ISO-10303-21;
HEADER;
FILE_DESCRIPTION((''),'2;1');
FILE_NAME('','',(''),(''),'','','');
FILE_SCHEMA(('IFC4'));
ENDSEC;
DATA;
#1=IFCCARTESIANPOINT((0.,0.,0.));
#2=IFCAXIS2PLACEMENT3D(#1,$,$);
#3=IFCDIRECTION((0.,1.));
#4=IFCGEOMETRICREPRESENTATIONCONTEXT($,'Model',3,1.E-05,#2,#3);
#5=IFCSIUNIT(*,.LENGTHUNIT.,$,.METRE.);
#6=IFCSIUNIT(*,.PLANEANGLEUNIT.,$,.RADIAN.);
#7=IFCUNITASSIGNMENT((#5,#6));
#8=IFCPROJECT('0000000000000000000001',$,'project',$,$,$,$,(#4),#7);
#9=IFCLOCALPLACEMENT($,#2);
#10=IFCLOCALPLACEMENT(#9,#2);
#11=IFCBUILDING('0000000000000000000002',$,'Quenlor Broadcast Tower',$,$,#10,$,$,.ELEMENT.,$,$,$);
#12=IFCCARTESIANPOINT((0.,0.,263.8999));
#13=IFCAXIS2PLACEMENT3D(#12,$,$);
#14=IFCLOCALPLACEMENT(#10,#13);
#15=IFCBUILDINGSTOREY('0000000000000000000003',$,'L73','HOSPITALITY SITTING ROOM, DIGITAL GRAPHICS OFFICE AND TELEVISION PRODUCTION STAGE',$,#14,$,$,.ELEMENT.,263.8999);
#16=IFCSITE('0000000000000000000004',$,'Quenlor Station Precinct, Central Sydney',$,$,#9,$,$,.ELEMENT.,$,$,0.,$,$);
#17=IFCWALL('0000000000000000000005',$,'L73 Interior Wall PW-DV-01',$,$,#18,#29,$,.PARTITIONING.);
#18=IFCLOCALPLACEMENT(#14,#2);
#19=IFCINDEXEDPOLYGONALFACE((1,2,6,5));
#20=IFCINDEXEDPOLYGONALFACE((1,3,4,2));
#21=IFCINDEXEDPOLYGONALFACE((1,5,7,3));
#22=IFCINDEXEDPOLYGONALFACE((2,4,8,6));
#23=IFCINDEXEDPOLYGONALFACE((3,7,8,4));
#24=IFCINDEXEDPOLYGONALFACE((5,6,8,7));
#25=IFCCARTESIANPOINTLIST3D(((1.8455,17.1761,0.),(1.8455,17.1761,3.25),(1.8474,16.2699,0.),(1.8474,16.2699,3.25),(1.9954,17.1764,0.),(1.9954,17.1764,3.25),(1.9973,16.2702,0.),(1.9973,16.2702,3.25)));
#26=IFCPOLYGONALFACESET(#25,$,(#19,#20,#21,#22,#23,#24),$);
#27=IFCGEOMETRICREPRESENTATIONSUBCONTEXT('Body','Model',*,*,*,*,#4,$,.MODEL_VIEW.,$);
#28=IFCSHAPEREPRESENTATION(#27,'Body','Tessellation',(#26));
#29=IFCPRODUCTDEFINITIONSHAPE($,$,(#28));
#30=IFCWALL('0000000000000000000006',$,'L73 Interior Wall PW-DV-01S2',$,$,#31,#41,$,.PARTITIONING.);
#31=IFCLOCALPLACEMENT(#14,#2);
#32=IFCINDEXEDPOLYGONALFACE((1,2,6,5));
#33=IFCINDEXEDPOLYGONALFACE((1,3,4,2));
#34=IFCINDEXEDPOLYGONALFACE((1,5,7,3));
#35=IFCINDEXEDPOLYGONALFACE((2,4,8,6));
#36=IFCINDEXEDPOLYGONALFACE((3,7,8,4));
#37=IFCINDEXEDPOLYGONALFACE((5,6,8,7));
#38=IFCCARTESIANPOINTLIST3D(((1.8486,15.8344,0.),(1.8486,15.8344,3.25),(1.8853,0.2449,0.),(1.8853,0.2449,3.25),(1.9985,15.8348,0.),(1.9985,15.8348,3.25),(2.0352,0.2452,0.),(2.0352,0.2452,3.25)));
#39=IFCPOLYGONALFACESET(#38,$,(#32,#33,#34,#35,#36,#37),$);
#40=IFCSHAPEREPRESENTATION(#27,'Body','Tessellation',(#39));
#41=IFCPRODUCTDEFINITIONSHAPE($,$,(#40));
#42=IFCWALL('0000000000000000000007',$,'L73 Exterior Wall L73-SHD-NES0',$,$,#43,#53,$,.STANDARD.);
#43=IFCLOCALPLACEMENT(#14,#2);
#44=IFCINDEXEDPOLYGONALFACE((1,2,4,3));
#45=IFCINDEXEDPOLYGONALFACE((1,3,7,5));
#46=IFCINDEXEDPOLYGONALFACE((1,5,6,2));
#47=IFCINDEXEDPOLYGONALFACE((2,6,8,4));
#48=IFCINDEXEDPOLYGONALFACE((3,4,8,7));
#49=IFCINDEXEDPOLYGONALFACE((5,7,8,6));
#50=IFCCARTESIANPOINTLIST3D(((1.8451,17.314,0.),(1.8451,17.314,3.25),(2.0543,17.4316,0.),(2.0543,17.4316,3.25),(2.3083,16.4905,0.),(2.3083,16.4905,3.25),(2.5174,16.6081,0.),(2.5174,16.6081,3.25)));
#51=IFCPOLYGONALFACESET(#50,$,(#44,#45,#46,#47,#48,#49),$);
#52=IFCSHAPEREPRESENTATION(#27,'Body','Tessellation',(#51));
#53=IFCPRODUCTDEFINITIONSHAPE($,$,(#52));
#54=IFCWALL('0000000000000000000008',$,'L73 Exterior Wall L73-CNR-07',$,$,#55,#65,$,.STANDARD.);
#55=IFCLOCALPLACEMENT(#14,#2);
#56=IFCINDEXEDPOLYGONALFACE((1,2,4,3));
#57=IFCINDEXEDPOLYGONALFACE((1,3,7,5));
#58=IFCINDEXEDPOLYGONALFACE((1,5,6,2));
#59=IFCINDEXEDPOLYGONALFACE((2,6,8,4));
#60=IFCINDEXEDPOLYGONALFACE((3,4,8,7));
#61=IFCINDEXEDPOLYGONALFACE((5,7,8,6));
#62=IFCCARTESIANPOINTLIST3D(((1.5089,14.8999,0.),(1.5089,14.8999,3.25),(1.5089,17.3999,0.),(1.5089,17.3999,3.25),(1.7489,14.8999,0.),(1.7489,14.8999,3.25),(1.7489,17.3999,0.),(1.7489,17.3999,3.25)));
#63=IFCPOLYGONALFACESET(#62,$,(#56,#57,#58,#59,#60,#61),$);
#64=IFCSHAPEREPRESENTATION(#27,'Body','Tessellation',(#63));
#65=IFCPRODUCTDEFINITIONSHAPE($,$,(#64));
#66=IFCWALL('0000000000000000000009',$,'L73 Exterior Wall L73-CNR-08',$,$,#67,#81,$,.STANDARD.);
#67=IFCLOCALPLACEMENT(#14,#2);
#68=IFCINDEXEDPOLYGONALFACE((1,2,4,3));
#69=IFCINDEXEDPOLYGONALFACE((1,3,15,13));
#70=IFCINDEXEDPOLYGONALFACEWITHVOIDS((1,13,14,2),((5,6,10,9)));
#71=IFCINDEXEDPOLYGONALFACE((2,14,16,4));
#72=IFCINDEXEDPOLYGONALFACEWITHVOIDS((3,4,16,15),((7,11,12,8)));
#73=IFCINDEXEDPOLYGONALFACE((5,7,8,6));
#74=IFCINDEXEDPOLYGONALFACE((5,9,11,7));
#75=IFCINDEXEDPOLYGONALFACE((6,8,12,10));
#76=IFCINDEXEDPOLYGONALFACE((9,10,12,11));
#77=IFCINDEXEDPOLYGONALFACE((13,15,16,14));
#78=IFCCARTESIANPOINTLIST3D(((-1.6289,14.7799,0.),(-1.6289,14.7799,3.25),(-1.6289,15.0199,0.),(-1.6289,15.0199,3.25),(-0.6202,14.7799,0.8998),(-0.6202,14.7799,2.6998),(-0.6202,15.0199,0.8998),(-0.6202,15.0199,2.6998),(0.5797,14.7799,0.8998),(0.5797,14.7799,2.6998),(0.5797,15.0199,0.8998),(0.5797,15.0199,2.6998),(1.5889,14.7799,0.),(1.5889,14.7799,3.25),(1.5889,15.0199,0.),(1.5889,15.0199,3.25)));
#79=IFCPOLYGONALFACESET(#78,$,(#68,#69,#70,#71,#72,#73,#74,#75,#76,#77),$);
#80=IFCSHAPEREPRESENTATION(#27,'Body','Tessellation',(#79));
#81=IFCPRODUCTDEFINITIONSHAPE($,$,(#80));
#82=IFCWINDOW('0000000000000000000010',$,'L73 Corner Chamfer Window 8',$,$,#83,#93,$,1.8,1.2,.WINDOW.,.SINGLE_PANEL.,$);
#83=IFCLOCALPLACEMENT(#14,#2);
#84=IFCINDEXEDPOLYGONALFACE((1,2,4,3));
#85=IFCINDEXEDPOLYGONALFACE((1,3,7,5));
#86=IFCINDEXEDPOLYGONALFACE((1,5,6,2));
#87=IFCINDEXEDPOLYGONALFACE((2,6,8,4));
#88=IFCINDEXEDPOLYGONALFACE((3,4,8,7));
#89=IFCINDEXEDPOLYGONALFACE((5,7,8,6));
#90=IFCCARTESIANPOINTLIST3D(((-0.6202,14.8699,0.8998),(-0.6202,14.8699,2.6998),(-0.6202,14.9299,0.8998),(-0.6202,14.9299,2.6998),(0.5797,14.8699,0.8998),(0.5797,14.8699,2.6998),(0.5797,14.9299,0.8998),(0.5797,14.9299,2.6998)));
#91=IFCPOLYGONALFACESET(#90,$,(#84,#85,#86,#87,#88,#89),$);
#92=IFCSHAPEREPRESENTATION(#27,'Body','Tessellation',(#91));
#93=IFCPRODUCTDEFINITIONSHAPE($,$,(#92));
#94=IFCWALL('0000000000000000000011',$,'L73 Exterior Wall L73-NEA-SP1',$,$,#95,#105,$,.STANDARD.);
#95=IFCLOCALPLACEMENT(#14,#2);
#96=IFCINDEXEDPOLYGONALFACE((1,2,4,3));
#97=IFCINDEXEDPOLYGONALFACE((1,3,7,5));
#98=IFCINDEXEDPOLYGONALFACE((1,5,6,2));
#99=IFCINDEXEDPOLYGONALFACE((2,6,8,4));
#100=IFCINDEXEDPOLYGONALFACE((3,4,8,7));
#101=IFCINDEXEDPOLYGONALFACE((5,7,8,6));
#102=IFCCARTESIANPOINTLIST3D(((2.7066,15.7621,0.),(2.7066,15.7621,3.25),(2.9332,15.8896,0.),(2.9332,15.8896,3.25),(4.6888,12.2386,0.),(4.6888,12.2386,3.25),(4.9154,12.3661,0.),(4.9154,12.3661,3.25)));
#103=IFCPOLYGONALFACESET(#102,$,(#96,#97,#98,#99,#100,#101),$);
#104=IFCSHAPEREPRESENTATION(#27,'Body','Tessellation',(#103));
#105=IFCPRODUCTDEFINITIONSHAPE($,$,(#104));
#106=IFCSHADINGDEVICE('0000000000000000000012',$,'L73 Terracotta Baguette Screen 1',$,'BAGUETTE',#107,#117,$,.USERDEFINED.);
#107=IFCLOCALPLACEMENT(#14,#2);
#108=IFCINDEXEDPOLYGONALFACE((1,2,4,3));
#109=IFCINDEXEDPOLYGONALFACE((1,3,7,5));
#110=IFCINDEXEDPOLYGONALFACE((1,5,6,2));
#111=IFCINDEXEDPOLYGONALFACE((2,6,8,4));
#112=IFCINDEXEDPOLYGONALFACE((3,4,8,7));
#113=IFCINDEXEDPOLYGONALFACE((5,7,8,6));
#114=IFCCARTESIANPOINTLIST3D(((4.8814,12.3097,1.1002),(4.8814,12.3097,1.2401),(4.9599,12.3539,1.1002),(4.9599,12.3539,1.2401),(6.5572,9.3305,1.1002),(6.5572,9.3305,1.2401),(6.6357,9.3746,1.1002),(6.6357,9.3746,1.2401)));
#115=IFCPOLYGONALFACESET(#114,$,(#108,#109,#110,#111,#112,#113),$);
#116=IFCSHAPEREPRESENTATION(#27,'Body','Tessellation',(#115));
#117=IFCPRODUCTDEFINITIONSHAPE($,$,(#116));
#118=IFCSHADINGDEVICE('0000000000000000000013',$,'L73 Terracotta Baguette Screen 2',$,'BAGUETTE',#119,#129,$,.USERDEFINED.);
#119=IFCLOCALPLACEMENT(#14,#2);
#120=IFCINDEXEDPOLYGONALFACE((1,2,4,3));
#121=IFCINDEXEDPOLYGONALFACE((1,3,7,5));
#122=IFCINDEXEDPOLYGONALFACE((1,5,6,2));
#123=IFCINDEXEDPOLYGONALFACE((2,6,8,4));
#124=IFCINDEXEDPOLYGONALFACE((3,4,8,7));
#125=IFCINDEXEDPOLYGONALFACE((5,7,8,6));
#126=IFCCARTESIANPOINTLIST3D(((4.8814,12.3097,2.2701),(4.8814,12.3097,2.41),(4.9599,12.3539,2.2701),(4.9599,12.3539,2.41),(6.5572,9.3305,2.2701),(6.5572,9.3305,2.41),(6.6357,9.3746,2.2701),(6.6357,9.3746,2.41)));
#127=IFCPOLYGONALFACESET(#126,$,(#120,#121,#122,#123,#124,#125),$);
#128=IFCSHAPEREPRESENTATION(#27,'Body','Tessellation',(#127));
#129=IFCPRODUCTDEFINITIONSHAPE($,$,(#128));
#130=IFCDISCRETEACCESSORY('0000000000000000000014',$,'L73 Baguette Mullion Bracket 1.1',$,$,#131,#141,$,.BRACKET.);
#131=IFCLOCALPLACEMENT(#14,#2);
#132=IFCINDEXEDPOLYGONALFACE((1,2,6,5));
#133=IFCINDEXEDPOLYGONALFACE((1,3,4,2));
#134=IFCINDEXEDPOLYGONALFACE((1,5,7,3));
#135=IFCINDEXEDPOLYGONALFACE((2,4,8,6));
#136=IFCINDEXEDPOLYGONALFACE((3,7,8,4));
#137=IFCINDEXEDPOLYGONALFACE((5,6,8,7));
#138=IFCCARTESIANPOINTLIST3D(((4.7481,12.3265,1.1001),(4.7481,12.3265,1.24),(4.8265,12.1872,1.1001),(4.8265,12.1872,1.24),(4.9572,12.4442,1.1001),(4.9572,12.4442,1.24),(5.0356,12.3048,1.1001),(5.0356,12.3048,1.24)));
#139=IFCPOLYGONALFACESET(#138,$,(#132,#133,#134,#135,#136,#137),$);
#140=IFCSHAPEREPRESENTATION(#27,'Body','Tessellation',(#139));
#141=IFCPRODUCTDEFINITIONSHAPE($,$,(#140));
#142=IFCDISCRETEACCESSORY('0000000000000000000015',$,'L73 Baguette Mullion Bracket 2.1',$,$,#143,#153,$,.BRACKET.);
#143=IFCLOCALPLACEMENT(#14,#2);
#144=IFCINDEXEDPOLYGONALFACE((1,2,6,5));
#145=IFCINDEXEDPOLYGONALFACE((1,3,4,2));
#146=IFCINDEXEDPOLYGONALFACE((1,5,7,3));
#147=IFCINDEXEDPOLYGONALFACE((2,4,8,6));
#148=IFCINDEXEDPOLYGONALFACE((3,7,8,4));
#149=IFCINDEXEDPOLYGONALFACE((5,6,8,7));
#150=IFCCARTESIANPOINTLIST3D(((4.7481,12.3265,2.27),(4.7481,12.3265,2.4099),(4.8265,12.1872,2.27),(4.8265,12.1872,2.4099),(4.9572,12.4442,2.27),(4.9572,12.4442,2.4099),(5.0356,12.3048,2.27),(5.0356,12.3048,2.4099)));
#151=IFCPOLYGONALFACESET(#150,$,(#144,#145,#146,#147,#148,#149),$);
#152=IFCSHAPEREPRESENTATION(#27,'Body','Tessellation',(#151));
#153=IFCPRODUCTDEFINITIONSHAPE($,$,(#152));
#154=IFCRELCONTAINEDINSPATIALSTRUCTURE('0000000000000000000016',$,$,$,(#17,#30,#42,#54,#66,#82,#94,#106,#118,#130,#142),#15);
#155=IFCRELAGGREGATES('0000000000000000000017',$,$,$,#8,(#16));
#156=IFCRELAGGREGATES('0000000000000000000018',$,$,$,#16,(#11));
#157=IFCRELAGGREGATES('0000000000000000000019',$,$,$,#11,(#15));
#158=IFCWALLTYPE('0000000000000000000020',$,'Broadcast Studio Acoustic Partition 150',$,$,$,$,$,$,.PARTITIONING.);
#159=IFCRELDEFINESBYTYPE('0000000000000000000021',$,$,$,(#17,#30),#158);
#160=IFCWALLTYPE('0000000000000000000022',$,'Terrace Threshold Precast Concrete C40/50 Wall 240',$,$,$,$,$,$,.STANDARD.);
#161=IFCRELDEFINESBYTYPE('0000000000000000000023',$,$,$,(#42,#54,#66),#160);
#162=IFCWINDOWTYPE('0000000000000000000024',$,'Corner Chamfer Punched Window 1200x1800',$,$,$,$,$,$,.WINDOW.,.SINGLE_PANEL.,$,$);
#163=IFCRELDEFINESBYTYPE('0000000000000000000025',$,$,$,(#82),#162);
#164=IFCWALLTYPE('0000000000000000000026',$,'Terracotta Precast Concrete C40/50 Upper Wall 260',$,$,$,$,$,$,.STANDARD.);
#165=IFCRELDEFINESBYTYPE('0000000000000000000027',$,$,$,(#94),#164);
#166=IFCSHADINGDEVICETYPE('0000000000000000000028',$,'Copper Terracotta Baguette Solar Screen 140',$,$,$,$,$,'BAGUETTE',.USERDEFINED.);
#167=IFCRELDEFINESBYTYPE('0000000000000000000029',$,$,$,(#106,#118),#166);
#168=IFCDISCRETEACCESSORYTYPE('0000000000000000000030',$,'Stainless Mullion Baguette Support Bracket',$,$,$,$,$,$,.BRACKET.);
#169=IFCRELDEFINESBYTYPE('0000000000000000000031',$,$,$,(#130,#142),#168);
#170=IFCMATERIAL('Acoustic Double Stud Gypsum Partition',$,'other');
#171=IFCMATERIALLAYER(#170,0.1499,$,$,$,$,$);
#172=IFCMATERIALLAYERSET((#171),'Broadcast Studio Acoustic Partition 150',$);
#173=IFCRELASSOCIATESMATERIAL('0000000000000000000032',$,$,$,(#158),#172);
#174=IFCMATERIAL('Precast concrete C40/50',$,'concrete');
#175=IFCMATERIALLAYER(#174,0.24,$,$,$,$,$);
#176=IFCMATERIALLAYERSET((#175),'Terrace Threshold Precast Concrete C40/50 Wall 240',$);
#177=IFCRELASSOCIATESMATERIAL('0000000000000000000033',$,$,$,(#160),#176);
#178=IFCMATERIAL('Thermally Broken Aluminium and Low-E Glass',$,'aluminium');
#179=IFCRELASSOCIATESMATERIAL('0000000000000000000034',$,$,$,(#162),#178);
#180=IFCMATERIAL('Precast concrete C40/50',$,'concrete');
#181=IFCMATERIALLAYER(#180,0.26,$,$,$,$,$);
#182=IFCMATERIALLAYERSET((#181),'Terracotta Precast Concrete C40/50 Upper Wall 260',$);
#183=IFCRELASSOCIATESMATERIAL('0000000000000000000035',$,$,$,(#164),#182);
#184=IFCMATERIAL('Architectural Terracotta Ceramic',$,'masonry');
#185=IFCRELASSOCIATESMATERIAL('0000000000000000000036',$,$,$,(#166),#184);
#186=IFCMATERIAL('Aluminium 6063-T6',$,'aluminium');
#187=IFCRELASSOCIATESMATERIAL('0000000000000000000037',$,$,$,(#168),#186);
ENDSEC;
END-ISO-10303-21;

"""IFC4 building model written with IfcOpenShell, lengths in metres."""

from ifc_helpers import new_model, si_unit, direction, frame, frame_2d, origin, origin_2d, place, context, subcontext, project, spatial, rectangle, extrude, material, layer, layer_set, material_profile, profile_set, type_object, element, fill, save


model = new_model("IFC4")

# Units and contexts
model_context = context("Model", 3, precision=1e-05, world=origin(), true_north=direction((0.0, 1.0)))
body_context = subcontext(model_context, "Body", "Model", "MODEL_VIEW")
ifc_project = project(units=[si_unit("LENGTHUNIT", "METRE"), si_unit("PLANEANGLEUNIT", "RADIAN")], contexts=[model_context])

# Site, building, storey
site_placement = place(None, origin())
site = spatial("IfcSite", under=ifc_project, at=site_placement, Name="Quenlor Station Precinct, Central Sydney", CompositionType="ELEMENT", RefElevation=0.0)
building_placement = place(site_placement, origin())
building = spatial("IfcBuilding", under=site, at=building_placement, Name="Quenlor Broadcast Tower", CompositionType="ELEMENT")
storey_placement = place(building_placement, frame((0.0, 0.0, 263.8999)))
storey = spatial("IfcBuildingStorey", under=building, at=storey_placement, Name="L73", Description="HOSPITALITY SITTING ROOM, DIGITAL GRAPHICS OFFICE AND TELEVISION PRODUCTION STAGE", CompositionType="ELEMENT", Elevation=263.8999)

# Walls
ifc_material_1 = material(Name="Acoustic Double Stud Gypsum Partition", Category="other")
ifc_layer_1 = layer(ifc_material_1, 0.1499)
ifc_layer_set_1 = layer_set([ifc_layer_1], Name="Broadcast Studio Acoustic Partition 150")
wall_type_1 = type_object("IfcWallType", Name="Broadcast Studio Acoustic Partition 150", PredefinedType="PARTITIONING", material=ifc_layer_set_1)
wall_1_placement = place(storey_placement, frame((1.9204, 17.1763, 0.0), z_axis=(0.0, 0.0, 1.0), x_axis=(0.002155, -0.999998, 0.0)))
element("IfcWall", 1, at=wall_1_placement, inside=storey, type_object=wall_type_1, Name="L73 Interior Wall PW-DV-01", PredefinedType="PARTITIONING", context=body_context, shape_type="SweptSolid", body=[
    extrude(rectangle(XDim=0.9062, YDim=0.1499, at=frame_2d((0.4531, 0.0))), origin(), (0.0, 0.0, 1.0), 3.25),
])
wall_2_placement = place(storey_placement, frame((1.9236, 15.8347, 0.0), z_axis=(0.0, 0.0, 1.0), x_axis=(0.002349, -0.999997, 0.0)))
element("IfcWall", 2, at=wall_2_placement, inside=storey, type_object=wall_type_1, Name="L73 Interior Wall PW-DV-01S2", PredefinedType="PARTITIONING", context=body_context, shape_type="SweptSolid", body=[
    extrude(rectangle(XDim=15.5896, YDim=0.1499, at=frame_2d((7.7949, 0.0))), origin(), (0.0, 0.0, 1.0), 3.25),
])
ifc_material_2 = material(Name="Precast concrete C40/50", Category="concrete")
ifc_layer_2 = layer(ifc_material_2, 0.24)
ifc_layer_set_2 = layer_set([ifc_layer_2], Name="Terrace Threshold Precast Concrete C40/50 Wall 240")
wall_type_2 = type_object("IfcWallType", Name="Terrace Threshold Precast Concrete C40/50 Wall 240", PredefinedType="STANDARD", material=ifc_layer_set_2)
wall_3_placement = place(storey_placement, frame((1.9497, 17.3728, 0.0), z_axis=(0.0, 0.0, 1.0), x_axis=(0.4902, -0.87161, 0.0)))
element("IfcWall", 3, at=wall_3_placement, inside=storey, type_object=wall_type_2, Name="L73 Exterior Wall L73-SHD-NES0", PredefinedType="STANDARD", context=body_context, shape_type="SweptSolid", body=[
    extrude(rectangle(XDim=0.9448, YDim=0.24, at=frame_2d((0.4724, 0.0))), origin(), (0.0, 0.0, 1.0), 3.25),
])
wall_4_placement = place(storey_placement, frame((1.6289, 17.3999, 0.0), z_axis=(0.0, 0.0, 1.0), x_axis=(0.0, -1.0, 0.0)))
element("IfcWall", 4, at=wall_4_placement, inside=storey, type_object=wall_type_2, Name="L73 Exterior Wall L73-CNR-07", PredefinedType="STANDARD", context=body_context, shape_type="SweptSolid", body=[
    extrude(rectangle(XDim=2.5, YDim=0.24, at=frame_2d((1.25, 0.0))), origin(), (0.0, 0.0, 1.0), 3.25),
])

# Wall, opening, window
wall_5_placement = place(storey_placement, frame((1.5889, 14.8999, 0.0), z_axis=(0.0, 0.0, 1.0), x_axis=(-1.0, 0.0, 0.0)))
wall_5 = element("IfcWall", 5, at=wall_5_placement, inside=storey, type_object=wall_type_2, Name="L73 Exterior Wall L73-CNR-08", PredefinedType="STANDARD", context=body_context, shape_type="SweptSolid", body=[
    extrude(rectangle(XDim=3.2178, YDim=0.24, at=frame_2d((1.6089, 0.0))), origin(), (0.0, 0.0, 1.0), 3.25),
])
opening_placement = place(wall_5_placement, frame((1.009, 0.0, 0.8999)))
opening = element("IfcOpeningElement", 6, at=opening_placement, cuts=wall_5, PredefinedType="OPENING", context=body_context, shape_type="SweptSolid", body=[
    extrude(rectangle(XDim=1.2, YDim=1.8, at=frame_2d((0.6001, 0.8999))), frame((0.0, 0.1299, 0.0), z_axis=(0.0, -1.0, 0.0), x_axis=(1.0, 0.0, 0.0)), (0.0, 0.0, 1.0), 0.26),
])
ifc_material_3 = material(Name="Thermally Broken Aluminium and Low-E Glass", Category="aluminium")
window_type = type_object("IfcWindowType", Name="Corner Chamfer Punched Window 1200x1800", PartitioningType="SINGLE_PANEL", PredefinedType="WINDOW", material=ifc_material_3)
window_placement = place(opening_placement, origin())
window = element("IfcWindow", 7, at=window_placement, inside=storey, type_object=window_type, Name="L73 Corner Chamfer Window 8", OverallHeight=1.8, OverallWidth=1.2, PartitioningType="SINGLE_PANEL", PredefinedType="WINDOW", context=body_context, shape_type="SweptSolid", body=[
    extrude(rectangle(XDim=1.2, YDim=1.8, at=frame_2d((0.6001, 0.8999))), frame((0.0, 0.03, 0.0), z_axis=(0.0, -1.0, 0.0), x_axis=(1.0, 0.0, 0.0)), (0.0, 0.0, 1.0), 0.0601),
])
fill(opening, window)

# Wall
ifc_material_4 = material(Name="Precast concrete C40/50", Category="concrete")
ifc_layer_3 = layer(ifc_material_4, 0.26)
ifc_layer_set_3 = layer_set([ifc_layer_3], Name="Terracotta Precast Concrete C40/50 Upper Wall 260")
wall_type_3 = type_object("IfcWallType", Name="Terracotta Precast Concrete C40/50 Upper Wall 260", PredefinedType="STANDARD", material=ifc_layer_set_3)
wall_6_placement = place(storey_placement, frame((2.8198, 15.8259, 0.0), z_axis=(0.0, 0.0, 1.0), x_axis=(0.490307, -0.87155, 0.0)))
element("IfcWall", 8, at=wall_6_placement, inside=storey, type_object=wall_type_3, Name="L73 Exterior Wall L73-NEA-SP1", PredefinedType="STANDARD", context=body_context, shape_type="SweptSolid", body=[
    extrude(rectangle(XDim=4.0427, YDim=0.26, at=frame_2d((2.0215, 0.0))), origin(), (0.0, 0.0, 1.0), 3.25),
])

# Shading devices
ifc_material_5 = material(Name="Architectural Terracotta Ceramic", Category="masonry")
ifc_material_profile_1 = material_profile(ifc_material_5, rectangle(XDim=0.0901, YDim=0.1399, at=origin_2d()))
ifc_profile_set_1 = profile_set([ifc_material_profile_1], Name="Architectural Terracotta Ceramic BAG90x140")
shading_device_type = type_object("IfcShadingDeviceType", Name="Copper Terracotta Baguette Solar Screen 140", ElementType="BAGUETTE", PredefinedType="USERDEFINED", material=ifc_profile_set_1)
for number, where, z_axis, x_axis, name in (
    (9, (4.9207, 12.3318, 1.1702), (0.490251, -0.871581, 0.0), (0.871581, 0.490251, 0.0), "L73 Terracotta Baguette Screen 1"),
    (10, (4.9207, 12.3318, 2.3401), (0.490251, -0.871581, 0.0), (0.871581, 0.490251, 0.0), "L73 Terracotta Baguette Screen 2"),
):
    element("IfcShadingDevice", number, at=place(storey_placement, frame(where, z_axis=z_axis, x_axis=x_axis)), inside=storey, type_object=shading_device_type, Name=name, ObjectType="BAGUETTE", PredefinedType="USERDEFINED", context=body_context, shape_type="SweptSolid", body=[
        extrude(rectangle(XDim=0.0901, YDim=0.1399, at=origin_2d()), origin(), (0.0, 0.0, 1.0), 3.4182),
    ])

# Discrete accessories
ifc_material_6 = material(Name="Aluminium 6063-T6", Category="aluminium")
discrete_accessory_type = type_object("IfcDiscreteAccessoryType", Name="Stainless Mullion Baguette Support Bracket", PredefinedType="BRACKET", material=ifc_material_6)
for number, where, z_axis, x_axis, name in (
    (11, (4.8918, 12.3157, 1.1001), (0.0, 0.0, 1.0), (0.49025, -0.871582, 0.0), "L73 Baguette Mullion Bracket 1.1"),
    (12, (4.8918, 12.3157, 2.27), (0.0, 0.0, 1.0), (0.49025, -0.871582, 0.0), "L73 Baguette Mullion Bracket 2.1"),
):
    element("IfcDiscreteAccessory", number, at=place(storey_placement, frame(where, z_axis=z_axis, x_axis=x_axis)), inside=storey, type_object=discrete_accessory_type, Name=name, PredefinedType="BRACKET", context=body_context, shape_type="SweptSolid", body=[
        extrude(rectangle(XDim=0.1599, YDim=0.24, at=origin_2d()), origin(), (0.0, 0.0, 1.0), 0.1399),
    ])

save(model, "model.ifc")
